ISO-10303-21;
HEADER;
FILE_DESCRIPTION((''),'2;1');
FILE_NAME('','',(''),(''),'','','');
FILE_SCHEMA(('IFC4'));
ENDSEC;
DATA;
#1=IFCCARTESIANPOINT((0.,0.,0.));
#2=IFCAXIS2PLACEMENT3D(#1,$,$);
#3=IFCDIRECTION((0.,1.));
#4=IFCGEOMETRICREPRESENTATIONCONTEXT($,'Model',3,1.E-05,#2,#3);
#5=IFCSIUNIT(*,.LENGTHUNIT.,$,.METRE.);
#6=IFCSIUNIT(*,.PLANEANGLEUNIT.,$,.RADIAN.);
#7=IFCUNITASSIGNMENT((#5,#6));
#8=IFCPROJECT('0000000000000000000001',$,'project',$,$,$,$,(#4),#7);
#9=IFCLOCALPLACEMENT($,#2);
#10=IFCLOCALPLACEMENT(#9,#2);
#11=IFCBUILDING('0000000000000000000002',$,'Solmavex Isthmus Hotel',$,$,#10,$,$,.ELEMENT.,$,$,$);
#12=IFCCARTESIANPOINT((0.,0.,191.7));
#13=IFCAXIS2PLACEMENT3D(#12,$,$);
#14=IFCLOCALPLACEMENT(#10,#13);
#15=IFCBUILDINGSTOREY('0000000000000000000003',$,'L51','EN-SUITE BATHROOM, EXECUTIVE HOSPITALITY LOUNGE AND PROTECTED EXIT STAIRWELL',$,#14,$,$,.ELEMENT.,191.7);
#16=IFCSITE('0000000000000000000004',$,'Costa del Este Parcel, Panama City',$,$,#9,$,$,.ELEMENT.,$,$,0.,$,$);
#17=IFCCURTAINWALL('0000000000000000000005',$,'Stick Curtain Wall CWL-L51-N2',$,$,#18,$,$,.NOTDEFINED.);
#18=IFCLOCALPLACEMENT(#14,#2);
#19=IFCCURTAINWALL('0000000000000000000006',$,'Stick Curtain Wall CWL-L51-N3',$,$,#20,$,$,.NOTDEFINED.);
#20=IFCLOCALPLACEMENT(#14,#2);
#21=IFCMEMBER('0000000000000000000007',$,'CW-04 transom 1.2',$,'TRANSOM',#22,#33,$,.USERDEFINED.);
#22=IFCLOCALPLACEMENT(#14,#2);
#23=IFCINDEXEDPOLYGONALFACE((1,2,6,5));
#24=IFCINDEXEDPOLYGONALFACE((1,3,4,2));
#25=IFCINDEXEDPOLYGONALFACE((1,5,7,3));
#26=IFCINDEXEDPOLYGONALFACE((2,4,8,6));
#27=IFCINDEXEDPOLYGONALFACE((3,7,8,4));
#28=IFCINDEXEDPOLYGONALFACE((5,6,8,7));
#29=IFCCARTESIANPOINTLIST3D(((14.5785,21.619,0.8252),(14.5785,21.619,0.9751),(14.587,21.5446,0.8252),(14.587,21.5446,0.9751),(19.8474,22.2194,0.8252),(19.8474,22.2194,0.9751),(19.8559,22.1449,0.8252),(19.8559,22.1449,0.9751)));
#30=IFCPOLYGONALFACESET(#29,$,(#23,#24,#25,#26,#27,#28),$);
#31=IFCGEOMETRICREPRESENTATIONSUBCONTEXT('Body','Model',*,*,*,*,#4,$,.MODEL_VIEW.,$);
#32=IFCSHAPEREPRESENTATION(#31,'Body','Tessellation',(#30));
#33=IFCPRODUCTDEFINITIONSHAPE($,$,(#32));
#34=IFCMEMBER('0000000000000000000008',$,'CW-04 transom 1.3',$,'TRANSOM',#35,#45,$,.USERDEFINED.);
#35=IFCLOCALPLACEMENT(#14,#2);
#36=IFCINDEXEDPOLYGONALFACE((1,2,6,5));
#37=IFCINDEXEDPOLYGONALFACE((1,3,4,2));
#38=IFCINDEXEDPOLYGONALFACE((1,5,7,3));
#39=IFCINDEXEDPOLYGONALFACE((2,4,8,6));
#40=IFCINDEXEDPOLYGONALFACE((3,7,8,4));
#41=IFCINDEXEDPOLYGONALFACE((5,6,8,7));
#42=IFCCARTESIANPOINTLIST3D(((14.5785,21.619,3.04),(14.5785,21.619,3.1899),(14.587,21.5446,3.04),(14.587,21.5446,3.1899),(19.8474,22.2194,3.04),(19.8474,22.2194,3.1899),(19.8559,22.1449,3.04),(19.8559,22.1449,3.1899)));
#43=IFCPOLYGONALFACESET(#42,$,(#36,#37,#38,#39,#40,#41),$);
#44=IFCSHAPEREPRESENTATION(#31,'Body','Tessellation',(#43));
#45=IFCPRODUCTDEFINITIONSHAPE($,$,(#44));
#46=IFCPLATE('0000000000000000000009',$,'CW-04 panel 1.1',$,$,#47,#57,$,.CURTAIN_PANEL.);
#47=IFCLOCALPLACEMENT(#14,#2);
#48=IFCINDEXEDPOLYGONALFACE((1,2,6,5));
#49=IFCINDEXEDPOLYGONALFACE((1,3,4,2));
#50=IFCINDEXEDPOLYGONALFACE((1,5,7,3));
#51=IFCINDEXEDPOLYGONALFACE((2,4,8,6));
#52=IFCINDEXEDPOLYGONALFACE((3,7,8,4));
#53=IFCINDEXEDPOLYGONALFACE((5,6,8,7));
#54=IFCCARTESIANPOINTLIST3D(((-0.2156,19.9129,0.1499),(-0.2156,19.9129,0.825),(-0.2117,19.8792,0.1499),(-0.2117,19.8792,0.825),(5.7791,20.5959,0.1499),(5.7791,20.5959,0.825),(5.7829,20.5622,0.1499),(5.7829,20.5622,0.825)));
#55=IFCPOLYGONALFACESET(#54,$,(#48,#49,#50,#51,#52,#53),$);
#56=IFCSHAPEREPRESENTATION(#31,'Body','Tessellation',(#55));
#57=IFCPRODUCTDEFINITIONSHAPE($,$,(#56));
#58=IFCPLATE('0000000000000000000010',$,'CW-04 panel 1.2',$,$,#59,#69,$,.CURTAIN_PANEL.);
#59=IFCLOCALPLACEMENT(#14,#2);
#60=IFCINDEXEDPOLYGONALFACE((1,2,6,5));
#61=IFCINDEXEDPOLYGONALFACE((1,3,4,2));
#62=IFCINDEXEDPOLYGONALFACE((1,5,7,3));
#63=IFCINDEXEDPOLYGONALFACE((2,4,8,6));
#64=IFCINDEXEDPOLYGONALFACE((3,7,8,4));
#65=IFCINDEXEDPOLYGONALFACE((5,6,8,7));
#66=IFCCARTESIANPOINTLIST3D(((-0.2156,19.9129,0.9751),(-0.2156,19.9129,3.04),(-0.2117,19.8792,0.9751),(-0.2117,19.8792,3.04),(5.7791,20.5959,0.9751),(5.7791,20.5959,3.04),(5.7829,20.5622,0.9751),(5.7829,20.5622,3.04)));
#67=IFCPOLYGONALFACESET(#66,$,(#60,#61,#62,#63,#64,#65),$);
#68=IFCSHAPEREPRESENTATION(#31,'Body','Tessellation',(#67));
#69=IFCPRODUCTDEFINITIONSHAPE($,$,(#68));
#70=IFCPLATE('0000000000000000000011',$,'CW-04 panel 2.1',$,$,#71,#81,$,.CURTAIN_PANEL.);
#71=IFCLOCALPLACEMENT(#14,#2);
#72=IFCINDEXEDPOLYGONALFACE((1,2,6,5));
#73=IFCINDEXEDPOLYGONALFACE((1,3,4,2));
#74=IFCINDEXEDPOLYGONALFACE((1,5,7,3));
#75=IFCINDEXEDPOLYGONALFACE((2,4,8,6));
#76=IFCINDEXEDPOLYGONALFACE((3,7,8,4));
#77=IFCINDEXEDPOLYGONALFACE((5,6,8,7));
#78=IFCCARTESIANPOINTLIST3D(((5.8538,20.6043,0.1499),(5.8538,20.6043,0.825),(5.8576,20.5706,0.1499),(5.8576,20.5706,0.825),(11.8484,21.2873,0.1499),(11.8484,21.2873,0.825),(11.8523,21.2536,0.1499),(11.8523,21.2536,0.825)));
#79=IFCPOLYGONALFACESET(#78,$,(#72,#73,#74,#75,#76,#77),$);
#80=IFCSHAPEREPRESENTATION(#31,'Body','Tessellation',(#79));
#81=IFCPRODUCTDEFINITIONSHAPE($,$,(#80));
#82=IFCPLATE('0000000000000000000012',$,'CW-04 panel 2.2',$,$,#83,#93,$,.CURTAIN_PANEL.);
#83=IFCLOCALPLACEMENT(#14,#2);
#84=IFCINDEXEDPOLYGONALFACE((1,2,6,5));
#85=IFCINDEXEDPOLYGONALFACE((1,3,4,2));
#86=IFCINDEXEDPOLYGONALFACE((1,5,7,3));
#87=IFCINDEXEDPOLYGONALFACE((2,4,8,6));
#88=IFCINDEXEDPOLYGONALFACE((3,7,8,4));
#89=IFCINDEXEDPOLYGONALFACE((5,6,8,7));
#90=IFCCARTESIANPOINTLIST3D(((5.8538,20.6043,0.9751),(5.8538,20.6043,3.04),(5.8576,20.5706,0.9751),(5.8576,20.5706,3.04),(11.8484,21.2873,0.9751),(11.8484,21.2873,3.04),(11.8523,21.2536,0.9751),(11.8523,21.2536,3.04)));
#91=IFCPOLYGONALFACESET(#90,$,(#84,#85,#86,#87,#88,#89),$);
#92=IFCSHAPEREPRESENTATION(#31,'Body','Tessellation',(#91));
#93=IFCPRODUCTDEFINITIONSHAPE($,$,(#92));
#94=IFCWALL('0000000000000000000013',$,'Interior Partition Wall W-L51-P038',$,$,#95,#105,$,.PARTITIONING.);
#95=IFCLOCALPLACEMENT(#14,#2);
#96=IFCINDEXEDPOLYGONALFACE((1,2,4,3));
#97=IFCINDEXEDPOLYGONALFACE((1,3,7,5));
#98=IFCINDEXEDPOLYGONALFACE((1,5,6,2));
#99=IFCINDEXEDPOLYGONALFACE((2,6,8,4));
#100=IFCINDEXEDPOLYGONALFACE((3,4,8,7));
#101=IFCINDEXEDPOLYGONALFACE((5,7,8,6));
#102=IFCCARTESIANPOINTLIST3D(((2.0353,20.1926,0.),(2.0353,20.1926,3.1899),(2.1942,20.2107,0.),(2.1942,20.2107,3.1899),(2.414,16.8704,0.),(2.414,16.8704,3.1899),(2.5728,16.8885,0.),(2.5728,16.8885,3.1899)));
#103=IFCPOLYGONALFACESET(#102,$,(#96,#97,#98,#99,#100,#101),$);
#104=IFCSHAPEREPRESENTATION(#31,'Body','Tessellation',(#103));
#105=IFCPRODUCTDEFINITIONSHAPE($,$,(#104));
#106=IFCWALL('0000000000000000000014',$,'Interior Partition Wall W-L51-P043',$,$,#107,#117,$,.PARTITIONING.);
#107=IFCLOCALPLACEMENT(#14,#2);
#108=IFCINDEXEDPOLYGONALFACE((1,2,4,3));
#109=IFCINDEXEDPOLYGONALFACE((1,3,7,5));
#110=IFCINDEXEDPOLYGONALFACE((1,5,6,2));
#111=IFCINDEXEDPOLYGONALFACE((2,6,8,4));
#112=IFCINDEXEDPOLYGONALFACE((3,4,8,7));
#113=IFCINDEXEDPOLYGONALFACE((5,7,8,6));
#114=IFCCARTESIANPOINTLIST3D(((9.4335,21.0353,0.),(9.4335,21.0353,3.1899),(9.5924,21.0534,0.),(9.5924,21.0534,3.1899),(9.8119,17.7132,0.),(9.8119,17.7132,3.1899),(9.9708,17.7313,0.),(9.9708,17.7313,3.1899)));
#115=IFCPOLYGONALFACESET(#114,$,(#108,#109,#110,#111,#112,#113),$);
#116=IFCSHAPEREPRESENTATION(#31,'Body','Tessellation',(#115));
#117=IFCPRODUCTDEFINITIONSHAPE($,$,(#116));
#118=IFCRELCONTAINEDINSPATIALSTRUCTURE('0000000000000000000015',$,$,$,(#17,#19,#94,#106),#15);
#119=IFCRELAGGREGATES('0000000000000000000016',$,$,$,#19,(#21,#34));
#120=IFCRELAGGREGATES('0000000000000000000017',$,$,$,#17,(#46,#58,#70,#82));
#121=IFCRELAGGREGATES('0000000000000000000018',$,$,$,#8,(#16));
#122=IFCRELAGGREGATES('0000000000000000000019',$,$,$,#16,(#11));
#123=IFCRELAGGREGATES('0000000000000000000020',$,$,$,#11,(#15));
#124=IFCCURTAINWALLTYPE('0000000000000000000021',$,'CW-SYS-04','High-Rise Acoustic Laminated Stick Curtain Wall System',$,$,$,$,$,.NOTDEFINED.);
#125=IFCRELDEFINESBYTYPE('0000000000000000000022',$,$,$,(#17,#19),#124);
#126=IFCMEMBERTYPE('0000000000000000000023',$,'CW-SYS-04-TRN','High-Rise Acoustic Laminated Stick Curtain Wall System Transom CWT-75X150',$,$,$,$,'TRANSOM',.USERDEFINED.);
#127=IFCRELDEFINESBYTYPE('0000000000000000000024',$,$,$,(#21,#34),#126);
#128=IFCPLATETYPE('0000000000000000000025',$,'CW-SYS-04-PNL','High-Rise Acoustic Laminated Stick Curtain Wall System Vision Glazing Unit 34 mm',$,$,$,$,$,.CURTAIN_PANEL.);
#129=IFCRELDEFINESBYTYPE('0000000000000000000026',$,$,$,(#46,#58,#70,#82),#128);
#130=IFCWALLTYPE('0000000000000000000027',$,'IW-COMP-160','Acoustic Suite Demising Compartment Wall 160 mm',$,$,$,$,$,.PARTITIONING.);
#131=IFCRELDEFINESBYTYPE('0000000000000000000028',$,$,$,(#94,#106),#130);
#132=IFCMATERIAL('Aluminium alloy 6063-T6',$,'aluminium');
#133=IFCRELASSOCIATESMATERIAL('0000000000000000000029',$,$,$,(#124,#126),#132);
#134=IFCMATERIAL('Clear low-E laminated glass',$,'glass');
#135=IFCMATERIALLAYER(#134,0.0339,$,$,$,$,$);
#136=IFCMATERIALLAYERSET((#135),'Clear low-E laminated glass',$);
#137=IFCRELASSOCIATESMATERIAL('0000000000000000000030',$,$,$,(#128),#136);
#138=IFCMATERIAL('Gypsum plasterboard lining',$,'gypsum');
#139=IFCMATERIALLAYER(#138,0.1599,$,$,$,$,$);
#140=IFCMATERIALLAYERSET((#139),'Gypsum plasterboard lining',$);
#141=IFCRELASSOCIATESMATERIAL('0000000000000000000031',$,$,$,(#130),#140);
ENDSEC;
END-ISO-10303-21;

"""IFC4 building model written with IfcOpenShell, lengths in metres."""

from ifc_helpers import new_model, si_unit, direction, frame, frame_2d, origin, origin_2d, place, context, subcontext, project, spatial, rectangle, extrude, material, layer, layer_set, material_profile, profile_set, type_object, element, aggregate, save


model = new_model("IFC4")

# Units and contexts
model_context = context("Model", 3, precision=1e-05, world=origin(), true_north=direction((0.0, 1.0)))
body_context = subcontext(model_context, "Body", "Model", "MODEL_VIEW")
ifc_project = project(units=[si_unit("LENGTHUNIT", "METRE"), si_unit("PLANEANGLEUNIT", "RADIAN")], contexts=[model_context])

# Site, building, storey
site_placement = place(None, origin())
site = spatial("IfcSite", under=ifc_project, at=site_placement, Name="Costa del Este Parcel, Panama City", CompositionType="ELEMENT", RefElevation=0.0)
building_placement = place(site_placement, origin())
building = spatial("IfcBuilding", under=site, at=building_placement, Name="Solmavex Isthmus Hotel", CompositionType="ELEMENT")
storey_placement = place(building_placement, frame((0.0, 0.0, 191.7)))
storey = spatial("IfcBuildingStorey", under=building, at=storey_placement, Name="L51", Description="EN-SUITE BATHROOM, EXECUTIVE HOSPITALITY LOUNGE AND PROTECTED EXIT STAIRWELL", CompositionType="ELEMENT", Elevation=191.7)

# Curtain wall
ifc_material_1 = material(Name="Aluminium alloy 6063-T6", Category="aluminium")
curtain_wall_type = type_object("IfcCurtainWallType", Name="CW-SYS-04", Description="High-Rise Acoustic Laminated Stick Curtain Wall System", PredefinedType="NOTDEFINED", material=ifc_material_1)
curtain_wall_1_placement = place(storey_placement, origin())
curtain_wall_1 = element("IfcCurtainWall", 1, at=curtain_wall_1_placement, inside=storey, type_object=curtain_wall_type, Name="Stick Curtain Wall CWL-L51-N2", PredefinedType="NOTDEFINED")

# Curtain wall
curtain_wall_2_placement = place(storey_placement, origin())
curtain_wall_2 = element("IfcCurtainWall", 2, at=curtain_wall_2_placement, inside=storey, type_object=curtain_wall_type, Name="Stick Curtain Wall CWL-L51-N3", PredefinedType="NOTDEFINED")

# Members
ifc_material_profile_1 = material_profile(ifc_material_1, rectangle(XDim=0.075, YDim=0.1499, at=origin_2d()), Name="CWT-75X150")
ifc_profile_set_1 = profile_set([ifc_material_profile_1], Name="Aluminium alloy 6063-T6")
member_type_1 = type_object("IfcMemberType", Name="CW-SYS-04-TRN", Description="High-Rise Acoustic Laminated Stick Curtain Wall System Transom CWT-75X150", ElementType="TRANSOM", PredefinedType="USERDEFINED", material=ifc_profile_set_1)
member_1_placement = place(storey_placement, frame((14.5828, 21.5818, 0.9001), z_axis=(0.993571, 0.11321, 0.0), x_axis=(-0.11321, 0.993571, 0.0)))
member_1 = element("IfcMember", 3, at=member_1_placement, type_object=member_type_1, Name="CW-04 transom 1.2", ObjectType="TRANSOM", PredefinedType="USERDEFINED", context=body_context, shape_type="SweptSolid", body=[
    extrude(rectangle(XDim=0.075, YDim=0.1499, at=origin_2d()), origin(), (0.0, 0.0, 1.0), 5.303),
])
member_2_placement = place(storey_placement, frame((14.5828, 21.5818, 3.115), z_axis=(0.993571, 0.11321, 0.0), x_axis=(-0.11321, 0.993571, 0.0)))
member_2 = element("IfcMember", 4, at=member_2_placement, type_object=member_type_1, Name="CW-04 transom 1.3", ObjectType="TRANSOM", PredefinedType="USERDEFINED", context=body_context, shape_type="SweptSolid", body=[
    extrude(rectangle(XDim=0.075, YDim=0.1499, at=origin_2d()), origin(), (0.0, 0.0, 1.0), 5.303),
])
aggregate(curtain_wall_2, [member_1, member_2])

# Plates
ifc_material_2 = material(Name="Clear low-E laminated glass", Category="glass")
ifc_layer_1 = layer(ifc_material_2, 0.0339)
ifc_layer_set_1 = layer_set([ifc_layer_1], Name="Clear low-E laminated glass")
plate_type = type_object("IfcPlateType", Name="CW-SYS-04-PNL", Description="High-Rise Acoustic Laminated Stick Curtain Wall System Vision Glazing Unit 34 mm", PredefinedType="CURTAIN_PANEL", material=ifc_layer_set_1)
plate_1_placement = place(storey_placement, frame((2.7837, 20.2375, 0.1499), z_axis=(0.0, 0.0, 1.0), x_axis=(0.993572, 0.113203, 0.0)))
plate_1 = element("IfcPlate", 5, at=plate_1_placement, type_object=plate_type, Name="CW-04 panel 1.1", PredefinedType="CURTAIN_PANEL", context=body_context, shape_type="SweptSolid", body=[
    extrude(rectangle(XDim=6.0334, YDim=0.0339, at=origin_2d()), origin(), (0.0, 0.0, 1.0), 0.675),
])
plate_2_placement = place(storey_placement, frame((2.7837, 20.2375, 0.9751), z_axis=(0.0, 0.0, 1.0), x_axis=(0.993572, 0.113203, 0.0)))
plate_2 = element("IfcPlate", 6, at=plate_2_placement, type_object=plate_type, Name="CW-04 panel 1.2", PredefinedType="CURTAIN_PANEL", context=body_context, shape_type="SweptSolid", body=[
    extrude(rectangle(XDim=6.0334, YDim=0.0339, at=origin_2d()), origin(), (0.0, 0.0, 1.0), 2.0649),
])
plate_3_placement = place(storey_placement, frame((8.853, 20.929, 0.1499), z_axis=(0.0, 0.0, 1.0), x_axis=(0.993572, 0.113203, 0.0)))
plate_3 = element("IfcPlate", 7, at=plate_3_placement, type_object=plate_type, Name="CW-04 panel 2.1", PredefinedType="CURTAIN_PANEL", context=body_context, shape_type="SweptSolid", body=[
    extrude(rectangle(XDim=6.0334, YDim=0.0339, at=origin_2d()), origin(), (0.0, 0.0, 1.0), 0.675),
])
plate_4_placement = place(storey_placement, frame((8.853, 20.929, 0.9751), z_axis=(0.0, 0.0, 1.0), x_axis=(0.993572, 0.113203, 0.0)))
plate_4 = element("IfcPlate", 8, at=plate_4_placement, type_object=plate_type, Name="CW-04 panel 2.2", PredefinedType="CURTAIN_PANEL", context=body_context, shape_type="SweptSolid", body=[
    extrude(rectangle(XDim=6.0334, YDim=0.0339, at=origin_2d()), origin(), (0.0, 0.0, 1.0), 2.0649),
])
aggregate(curtain_wall_1, [plate_1, plate_2, plate_3, plate_4])

# Walls
ifc_material_3 = material(Name="Gypsum plasterboard lining", Category="gypsum")
ifc_layer_2 = layer(ifc_material_3, 0.1599)
ifc_layer_set_2 = layer_set([ifc_layer_2], Name="Gypsum plasterboard lining")
wall_type_1 = type_object("IfcWallType", Name="IW-COMP-160", Description="Acoustic Suite Demising Compartment Wall 160 mm", PredefinedType="PARTITIONING", material=ifc_layer_set_2)
wall_1_placement = place(storey_placement, frame((2.1147, 20.2017, 0.0), z_axis=(0.0, 0.0, 1.0), x_axis=(0.113244, -0.993567, 0.0)))
element("IfcWall", 9, at=wall_1_placement, inside=storey, type_object=wall_type_1, Name="Interior Partition Wall W-L51-P038", PredefinedType="PARTITIONING", context=body_context, shape_type="SweptSolid", body=[
    extrude(rectangle(XDim=3.3438, YDim=0.1599, at=frame_2d((1.6719, 0.0))), origin(), (0.0, 0.0, 1.0), 3.1899),
])
wall_2_placement = place(storey_placement, frame((9.5129, 21.0444, 0.0), z_axis=(0.0, 0.0, 1.0), x_axis=(0.11318, -0.993574, 0.0)))
element("IfcWall", 10, at=wall_2_placement, inside=storey, type_object=wall_type_1, Name="Interior Partition Wall W-L51-P043", PredefinedType="PARTITIONING", context=body_context, shape_type="SweptSolid", body=[
    extrude(rectangle(XDim=3.3435, YDim=0.1599, at=frame_2d((1.6719, 0.0))), origin(), (0.0, 0.0, 1.0), 3.1899),
])

save(model, "model.ifc")
